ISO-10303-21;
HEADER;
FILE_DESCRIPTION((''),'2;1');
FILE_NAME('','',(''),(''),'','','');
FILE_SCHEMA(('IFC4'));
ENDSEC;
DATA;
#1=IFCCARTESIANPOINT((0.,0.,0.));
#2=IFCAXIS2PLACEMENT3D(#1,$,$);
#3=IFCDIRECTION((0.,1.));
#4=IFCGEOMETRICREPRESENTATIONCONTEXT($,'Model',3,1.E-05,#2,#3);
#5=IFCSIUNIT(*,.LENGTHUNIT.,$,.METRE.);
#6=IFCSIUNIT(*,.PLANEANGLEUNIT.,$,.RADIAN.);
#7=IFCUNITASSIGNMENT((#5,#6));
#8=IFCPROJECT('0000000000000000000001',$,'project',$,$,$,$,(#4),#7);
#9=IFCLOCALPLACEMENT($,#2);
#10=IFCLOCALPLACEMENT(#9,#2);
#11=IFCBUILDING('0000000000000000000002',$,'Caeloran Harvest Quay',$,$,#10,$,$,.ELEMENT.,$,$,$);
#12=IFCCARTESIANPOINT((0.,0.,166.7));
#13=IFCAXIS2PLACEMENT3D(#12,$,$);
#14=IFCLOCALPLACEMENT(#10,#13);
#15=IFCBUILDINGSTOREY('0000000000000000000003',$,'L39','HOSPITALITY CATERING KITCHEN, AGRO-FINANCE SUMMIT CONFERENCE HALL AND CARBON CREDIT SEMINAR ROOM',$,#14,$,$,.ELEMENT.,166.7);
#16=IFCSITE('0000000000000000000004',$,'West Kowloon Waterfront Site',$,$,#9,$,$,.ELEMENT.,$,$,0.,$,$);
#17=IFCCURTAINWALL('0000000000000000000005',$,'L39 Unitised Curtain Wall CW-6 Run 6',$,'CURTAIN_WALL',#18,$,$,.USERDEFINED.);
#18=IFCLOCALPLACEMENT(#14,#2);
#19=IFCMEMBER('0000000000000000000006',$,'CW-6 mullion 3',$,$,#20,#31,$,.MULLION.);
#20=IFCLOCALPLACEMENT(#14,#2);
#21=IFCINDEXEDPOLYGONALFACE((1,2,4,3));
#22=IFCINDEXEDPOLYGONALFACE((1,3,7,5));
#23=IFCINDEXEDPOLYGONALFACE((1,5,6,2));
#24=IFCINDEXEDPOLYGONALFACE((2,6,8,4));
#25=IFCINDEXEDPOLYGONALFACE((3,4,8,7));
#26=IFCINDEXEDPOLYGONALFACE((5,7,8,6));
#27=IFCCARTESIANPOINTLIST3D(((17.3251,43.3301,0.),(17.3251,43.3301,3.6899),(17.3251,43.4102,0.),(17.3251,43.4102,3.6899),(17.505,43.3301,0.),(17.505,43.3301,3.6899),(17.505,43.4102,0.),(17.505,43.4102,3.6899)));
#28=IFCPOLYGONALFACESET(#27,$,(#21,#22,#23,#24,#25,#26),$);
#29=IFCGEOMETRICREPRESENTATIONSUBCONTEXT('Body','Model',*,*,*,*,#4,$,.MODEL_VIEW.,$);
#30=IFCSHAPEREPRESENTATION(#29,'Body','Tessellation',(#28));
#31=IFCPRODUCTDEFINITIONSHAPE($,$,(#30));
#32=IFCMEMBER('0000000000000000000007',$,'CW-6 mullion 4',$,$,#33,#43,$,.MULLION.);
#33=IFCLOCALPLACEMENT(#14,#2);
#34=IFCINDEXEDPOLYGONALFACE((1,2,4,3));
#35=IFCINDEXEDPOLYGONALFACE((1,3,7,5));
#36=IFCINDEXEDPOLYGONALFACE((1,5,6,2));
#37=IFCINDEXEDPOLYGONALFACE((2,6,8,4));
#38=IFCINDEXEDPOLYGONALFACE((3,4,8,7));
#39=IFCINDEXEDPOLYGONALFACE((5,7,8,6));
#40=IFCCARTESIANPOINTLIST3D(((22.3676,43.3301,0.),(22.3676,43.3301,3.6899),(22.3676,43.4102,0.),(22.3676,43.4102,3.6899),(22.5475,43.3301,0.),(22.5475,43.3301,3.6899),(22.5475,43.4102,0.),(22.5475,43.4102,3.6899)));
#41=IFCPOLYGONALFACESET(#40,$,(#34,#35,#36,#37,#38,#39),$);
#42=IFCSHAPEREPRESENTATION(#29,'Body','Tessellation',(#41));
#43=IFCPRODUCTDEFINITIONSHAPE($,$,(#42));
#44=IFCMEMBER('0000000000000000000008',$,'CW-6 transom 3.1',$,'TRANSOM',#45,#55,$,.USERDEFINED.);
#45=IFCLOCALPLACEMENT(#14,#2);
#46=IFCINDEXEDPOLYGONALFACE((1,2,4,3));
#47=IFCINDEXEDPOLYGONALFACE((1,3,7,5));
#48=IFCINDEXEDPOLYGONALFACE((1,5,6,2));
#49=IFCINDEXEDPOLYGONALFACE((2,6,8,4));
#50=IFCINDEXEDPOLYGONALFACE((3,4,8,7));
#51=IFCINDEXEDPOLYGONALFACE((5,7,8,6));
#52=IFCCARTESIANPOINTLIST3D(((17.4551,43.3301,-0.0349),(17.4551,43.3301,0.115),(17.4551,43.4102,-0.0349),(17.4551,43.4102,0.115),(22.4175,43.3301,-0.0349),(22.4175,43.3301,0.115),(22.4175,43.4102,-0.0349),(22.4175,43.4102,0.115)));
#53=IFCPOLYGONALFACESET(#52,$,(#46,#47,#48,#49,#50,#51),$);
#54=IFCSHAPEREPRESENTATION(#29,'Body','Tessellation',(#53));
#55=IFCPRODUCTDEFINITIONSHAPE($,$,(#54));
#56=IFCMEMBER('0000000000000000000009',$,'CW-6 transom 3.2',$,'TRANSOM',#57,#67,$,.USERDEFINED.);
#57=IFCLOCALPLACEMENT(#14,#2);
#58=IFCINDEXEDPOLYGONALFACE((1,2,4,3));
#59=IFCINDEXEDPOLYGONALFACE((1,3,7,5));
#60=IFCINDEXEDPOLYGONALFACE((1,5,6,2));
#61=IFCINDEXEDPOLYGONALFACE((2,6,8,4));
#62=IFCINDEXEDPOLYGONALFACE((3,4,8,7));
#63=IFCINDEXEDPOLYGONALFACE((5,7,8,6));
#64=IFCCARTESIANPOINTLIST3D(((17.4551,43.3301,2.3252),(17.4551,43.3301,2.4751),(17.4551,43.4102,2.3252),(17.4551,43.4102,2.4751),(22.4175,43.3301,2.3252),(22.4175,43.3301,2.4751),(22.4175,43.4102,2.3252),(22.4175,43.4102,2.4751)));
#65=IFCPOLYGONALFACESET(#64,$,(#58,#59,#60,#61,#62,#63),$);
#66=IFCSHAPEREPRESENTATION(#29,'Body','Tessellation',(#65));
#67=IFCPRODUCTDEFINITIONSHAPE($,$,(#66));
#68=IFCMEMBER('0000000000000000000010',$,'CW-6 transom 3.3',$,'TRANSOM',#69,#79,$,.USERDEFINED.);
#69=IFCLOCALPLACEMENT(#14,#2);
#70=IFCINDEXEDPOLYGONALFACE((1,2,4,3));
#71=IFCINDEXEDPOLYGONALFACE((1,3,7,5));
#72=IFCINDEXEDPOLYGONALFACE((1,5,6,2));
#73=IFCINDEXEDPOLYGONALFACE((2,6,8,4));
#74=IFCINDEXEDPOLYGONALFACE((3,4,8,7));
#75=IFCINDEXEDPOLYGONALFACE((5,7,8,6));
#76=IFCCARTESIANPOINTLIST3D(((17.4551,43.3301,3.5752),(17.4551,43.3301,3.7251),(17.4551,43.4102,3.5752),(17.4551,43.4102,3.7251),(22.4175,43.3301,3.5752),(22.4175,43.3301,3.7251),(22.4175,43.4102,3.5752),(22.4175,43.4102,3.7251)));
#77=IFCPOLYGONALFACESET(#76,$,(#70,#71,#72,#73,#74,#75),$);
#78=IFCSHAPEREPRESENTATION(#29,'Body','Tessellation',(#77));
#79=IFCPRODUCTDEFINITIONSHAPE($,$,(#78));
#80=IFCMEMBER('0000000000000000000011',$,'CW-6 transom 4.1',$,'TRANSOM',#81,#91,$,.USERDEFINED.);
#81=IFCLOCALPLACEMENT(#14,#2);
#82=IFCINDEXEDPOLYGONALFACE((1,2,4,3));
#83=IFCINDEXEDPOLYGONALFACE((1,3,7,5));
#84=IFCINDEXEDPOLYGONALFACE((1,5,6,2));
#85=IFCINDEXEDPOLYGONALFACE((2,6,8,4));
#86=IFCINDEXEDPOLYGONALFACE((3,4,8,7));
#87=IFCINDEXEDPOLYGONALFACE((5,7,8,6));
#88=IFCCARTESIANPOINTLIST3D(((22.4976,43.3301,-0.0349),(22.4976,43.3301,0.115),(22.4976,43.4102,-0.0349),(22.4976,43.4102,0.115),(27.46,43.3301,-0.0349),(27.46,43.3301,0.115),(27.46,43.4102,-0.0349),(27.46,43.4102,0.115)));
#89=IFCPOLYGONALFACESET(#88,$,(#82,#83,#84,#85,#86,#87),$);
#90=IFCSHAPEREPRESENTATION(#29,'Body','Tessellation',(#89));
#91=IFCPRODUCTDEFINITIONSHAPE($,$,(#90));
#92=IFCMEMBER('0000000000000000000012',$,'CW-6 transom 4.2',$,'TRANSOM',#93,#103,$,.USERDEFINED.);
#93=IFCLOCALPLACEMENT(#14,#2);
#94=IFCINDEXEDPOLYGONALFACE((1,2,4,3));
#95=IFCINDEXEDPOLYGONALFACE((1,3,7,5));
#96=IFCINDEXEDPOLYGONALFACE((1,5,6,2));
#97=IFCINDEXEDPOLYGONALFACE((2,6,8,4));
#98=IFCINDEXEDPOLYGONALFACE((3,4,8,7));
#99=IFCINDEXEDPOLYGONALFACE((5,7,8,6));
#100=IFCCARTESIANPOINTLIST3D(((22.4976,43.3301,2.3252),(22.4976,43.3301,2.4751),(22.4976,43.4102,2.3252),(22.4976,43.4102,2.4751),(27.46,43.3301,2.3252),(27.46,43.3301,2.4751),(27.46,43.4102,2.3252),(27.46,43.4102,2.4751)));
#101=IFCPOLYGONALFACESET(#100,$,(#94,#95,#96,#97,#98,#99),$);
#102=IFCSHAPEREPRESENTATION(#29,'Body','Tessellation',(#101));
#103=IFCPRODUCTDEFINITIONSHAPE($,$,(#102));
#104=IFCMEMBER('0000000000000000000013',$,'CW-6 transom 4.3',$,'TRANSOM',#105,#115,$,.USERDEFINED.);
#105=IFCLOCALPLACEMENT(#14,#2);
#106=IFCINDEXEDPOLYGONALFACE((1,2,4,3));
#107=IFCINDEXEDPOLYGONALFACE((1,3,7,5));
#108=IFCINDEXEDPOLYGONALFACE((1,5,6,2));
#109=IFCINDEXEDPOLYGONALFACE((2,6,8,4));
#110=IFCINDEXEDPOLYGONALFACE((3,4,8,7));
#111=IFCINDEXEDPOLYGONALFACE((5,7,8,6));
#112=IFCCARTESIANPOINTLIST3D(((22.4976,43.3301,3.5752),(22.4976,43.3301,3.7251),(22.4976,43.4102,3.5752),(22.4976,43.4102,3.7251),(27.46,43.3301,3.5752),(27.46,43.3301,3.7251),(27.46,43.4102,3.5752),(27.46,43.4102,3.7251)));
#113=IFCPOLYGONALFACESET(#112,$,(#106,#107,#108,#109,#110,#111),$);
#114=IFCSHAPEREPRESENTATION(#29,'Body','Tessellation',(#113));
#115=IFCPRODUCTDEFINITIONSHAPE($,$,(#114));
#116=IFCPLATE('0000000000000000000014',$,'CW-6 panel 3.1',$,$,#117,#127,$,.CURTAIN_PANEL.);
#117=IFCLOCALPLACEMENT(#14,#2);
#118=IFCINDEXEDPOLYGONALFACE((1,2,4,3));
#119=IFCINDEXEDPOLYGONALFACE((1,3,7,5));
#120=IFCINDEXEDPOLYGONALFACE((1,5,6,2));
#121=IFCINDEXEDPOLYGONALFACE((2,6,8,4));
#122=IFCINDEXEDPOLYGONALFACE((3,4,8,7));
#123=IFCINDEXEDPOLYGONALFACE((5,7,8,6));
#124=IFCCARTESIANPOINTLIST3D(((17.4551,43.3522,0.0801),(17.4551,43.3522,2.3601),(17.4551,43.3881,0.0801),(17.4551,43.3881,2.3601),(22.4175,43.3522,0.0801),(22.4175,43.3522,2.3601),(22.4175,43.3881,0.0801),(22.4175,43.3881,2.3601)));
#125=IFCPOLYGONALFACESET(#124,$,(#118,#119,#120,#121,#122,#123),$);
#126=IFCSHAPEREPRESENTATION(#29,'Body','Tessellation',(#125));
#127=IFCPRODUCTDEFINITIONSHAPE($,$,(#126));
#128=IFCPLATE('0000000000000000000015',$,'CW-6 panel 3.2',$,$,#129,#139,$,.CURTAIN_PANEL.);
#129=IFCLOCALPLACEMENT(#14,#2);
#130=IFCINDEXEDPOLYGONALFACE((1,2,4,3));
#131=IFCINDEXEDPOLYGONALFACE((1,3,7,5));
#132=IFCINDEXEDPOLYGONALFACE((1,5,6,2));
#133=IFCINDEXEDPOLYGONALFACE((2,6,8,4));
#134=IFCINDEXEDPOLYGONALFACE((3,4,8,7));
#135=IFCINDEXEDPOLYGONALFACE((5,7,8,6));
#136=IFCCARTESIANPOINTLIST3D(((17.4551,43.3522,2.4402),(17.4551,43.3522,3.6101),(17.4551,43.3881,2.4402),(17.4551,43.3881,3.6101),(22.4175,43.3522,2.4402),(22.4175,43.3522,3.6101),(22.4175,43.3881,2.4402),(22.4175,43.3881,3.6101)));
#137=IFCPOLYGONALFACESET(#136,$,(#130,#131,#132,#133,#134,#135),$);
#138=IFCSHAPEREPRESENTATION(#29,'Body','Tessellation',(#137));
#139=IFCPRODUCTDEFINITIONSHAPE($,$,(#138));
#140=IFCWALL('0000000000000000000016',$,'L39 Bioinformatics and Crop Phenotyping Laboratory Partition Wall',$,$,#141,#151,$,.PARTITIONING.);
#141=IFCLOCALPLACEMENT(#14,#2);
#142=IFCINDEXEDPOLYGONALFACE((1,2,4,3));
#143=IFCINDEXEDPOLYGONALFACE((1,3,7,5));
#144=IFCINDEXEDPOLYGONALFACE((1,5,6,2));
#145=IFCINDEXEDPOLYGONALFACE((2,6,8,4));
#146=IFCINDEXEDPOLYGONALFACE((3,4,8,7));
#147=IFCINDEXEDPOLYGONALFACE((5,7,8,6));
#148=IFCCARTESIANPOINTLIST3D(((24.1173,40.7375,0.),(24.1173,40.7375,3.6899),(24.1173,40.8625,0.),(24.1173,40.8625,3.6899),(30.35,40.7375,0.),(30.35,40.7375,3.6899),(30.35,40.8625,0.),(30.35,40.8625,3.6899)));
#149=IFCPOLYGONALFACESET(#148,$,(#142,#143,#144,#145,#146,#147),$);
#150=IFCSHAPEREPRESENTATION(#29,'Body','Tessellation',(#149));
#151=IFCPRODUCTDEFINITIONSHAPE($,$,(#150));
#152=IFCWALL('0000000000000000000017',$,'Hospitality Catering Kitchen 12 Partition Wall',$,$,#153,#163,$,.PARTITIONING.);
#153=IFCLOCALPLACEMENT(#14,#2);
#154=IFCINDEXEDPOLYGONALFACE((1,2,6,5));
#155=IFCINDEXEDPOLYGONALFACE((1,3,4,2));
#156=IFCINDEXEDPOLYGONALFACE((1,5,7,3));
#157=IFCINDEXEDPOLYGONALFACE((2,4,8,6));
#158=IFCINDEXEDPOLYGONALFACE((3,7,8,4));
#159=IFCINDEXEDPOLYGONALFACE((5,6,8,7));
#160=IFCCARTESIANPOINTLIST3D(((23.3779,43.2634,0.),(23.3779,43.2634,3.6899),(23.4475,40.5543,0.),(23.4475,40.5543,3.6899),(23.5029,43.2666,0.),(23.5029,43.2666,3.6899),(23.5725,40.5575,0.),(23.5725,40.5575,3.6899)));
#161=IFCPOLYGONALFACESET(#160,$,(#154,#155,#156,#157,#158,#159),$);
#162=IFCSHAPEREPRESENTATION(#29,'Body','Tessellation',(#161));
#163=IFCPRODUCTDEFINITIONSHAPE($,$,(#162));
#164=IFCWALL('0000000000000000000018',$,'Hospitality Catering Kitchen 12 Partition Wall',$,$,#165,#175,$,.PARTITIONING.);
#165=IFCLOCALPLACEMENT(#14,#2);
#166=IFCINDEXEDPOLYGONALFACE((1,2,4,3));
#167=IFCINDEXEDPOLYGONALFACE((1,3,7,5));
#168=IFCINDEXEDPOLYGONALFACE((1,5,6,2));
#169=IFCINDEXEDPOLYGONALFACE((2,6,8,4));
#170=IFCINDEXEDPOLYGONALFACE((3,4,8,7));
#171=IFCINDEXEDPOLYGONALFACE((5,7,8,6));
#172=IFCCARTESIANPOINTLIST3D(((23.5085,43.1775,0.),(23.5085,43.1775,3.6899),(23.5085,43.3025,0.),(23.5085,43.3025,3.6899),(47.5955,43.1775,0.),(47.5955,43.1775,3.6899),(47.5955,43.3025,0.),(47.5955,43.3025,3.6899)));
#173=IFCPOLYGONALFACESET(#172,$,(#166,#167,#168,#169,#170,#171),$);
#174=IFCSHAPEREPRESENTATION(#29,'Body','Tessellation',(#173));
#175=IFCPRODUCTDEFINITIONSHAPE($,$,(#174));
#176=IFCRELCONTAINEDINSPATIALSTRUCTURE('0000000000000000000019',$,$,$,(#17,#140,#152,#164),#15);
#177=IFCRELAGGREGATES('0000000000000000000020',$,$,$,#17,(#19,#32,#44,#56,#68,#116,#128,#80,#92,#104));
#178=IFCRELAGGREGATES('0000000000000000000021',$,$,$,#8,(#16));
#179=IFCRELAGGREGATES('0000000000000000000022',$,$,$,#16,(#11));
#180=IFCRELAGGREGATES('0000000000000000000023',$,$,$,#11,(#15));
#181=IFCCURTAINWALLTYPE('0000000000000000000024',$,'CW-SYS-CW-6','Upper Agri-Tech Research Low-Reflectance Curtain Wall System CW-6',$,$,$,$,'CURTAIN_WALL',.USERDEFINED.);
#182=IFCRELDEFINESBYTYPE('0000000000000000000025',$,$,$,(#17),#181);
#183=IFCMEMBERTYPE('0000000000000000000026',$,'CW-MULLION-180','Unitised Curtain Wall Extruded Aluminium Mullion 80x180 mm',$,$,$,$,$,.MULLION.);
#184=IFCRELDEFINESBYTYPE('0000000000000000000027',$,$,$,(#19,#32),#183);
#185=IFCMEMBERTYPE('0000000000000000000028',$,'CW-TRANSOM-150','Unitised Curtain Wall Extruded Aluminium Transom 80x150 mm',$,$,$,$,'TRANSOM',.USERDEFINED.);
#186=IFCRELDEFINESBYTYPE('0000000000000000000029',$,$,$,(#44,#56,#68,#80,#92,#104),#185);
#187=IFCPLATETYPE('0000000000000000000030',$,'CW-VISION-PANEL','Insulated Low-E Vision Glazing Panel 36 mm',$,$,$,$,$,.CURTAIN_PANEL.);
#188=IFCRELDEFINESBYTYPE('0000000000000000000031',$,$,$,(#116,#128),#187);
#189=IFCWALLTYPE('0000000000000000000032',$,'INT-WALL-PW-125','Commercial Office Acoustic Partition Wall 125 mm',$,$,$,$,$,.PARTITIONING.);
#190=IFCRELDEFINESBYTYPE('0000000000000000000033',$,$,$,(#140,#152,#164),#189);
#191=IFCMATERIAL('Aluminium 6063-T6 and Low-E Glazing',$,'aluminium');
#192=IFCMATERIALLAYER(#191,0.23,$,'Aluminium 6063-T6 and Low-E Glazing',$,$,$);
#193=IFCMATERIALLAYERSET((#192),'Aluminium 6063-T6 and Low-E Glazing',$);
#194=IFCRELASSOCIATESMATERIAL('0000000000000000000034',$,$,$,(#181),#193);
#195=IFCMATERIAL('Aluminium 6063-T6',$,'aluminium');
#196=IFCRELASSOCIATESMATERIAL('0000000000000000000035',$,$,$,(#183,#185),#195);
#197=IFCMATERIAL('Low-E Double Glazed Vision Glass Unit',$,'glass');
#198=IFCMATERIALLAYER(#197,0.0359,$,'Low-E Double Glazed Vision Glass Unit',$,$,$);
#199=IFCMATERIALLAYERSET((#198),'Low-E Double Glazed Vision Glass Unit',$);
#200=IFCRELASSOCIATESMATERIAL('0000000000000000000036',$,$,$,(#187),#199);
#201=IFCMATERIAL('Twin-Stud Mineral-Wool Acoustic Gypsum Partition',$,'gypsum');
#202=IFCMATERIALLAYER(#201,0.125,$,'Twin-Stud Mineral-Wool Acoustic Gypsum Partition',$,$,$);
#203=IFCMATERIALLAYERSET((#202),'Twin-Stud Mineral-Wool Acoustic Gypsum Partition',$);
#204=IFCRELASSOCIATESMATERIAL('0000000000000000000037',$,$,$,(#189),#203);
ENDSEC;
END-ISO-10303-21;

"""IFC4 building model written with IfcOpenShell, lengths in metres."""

from ifc_helpers import new_model, si_unit, direction, frame, frame_2d, origin, origin_2d, place, context, subcontext, project, spatial, rectangle, extrude, material, layer, layer_set, material_profile, profile_set, type_object, element, aggregate, save


model = new_model("IFC4")

# Units and contexts
model_context = context("Model", 3, precision=1e-05, world=origin(), true_north=direction((0.0, 1.0)))
body_context = subcontext(model_context, "Body", "Model", "MODEL_VIEW")
ifc_project = project(units=[si_unit("LENGTHUNIT", "METRE"), si_unit("PLANEANGLEUNIT", "RADIAN")], contexts=[model_context])

# Site, building, storey
site_placement = place(None, origin())
site = spatial("IfcSite", under=ifc_project, at=site_placement, Name="West Kowloon Waterfront Site", CompositionType="ELEMENT", RefElevation=0.0)
building_placement = place(site_placement, origin())
building = spatial("IfcBuilding", under=site, at=building_placement, Name="Caeloran Harvest Quay", CompositionType="ELEMENT")
storey_placement = place(building_placement, frame((0.0, 0.0, 166.7)))
storey = spatial("IfcBuildingStorey", under=building, at=storey_placement, Name="L39", Description="HOSPITALITY CATERING KITCHEN, AGRO-FINANCE SUMMIT CONFERENCE HALL AND CARBON CREDIT SEMINAR ROOM", CompositionType="ELEMENT", Elevation=166.7)

# Curtain wall, members, plates
ifc_material_1 = material(Name="Aluminium 6063-T6 and Low-E Glazing", Category="aluminium")
ifc_layer_1 = layer(ifc_material_1, 0.23, Name="Aluminium 6063-T6 and Low-E Glazing")
ifc_layer_set_1 = layer_set([ifc_layer_1], Name="Aluminium 6063-T6 and Low-E Glazing")
curtain_wall_type = type_object("IfcCurtainWallType", Name="CW-SYS-CW-6", Description="Upper Agri-Tech Research Low-Reflectance Curtain Wall System CW-6", ElementType="CURTAIN_WALL", PredefinedType="USERDEFINED", material=ifc_layer_set_1)
curtain_wall_placement = place(storey_placement, origin())
curtain_wall = element("IfcCurtainWall", 1, at=curtain_wall_placement, inside=storey, type_object=curtain_wall_type, Name="L39 Unitised Curtain Wall CW-6 Run 6", ObjectType="CURTAIN_WALL", PredefinedType="USERDEFINED")
ifc_material_2 = material(Name="Aluminium 6063-T6", Category="aluminium")
ifc_material_profile_1 = material_profile(ifc_material_2, rectangle(XDim=0.0801, YDim=0.1799, at=origin_2d()), Name="CW-MULLION-180")
ifc_profile_set_1 = profile_set([ifc_material_profile_1], Name="Aluminium 6063-T6")
member_type_1 = type_object("IfcMemberType", Name="CW-MULLION-180", Description="Unitised Curtain Wall Extruded Aluminium Mullion 80x180 mm", PredefinedType="MULLION", material=ifc_profile_set_1)
member_1_placement = place(storey_placement, frame((17.415, 43.3701, 0.0), z_axis=(0.0, 0.0, 1.0), x_axis=(0.0, 1.0, 0.0)))
member_1 = element("IfcMember", 2, at=member_1_placement, type_object=member_type_1, Name="CW-6 mullion 3", PredefinedType="MULLION", context=body_context, shape_type="SweptSolid", body=[
    extrude(rectangle(XDim=0.0801, YDim=0.1799, at=origin_2d()), origin(), (0.0, 0.0, 1.0), 3.6899),
])
member_2_placement = place(storey_placement, frame((22.4575, 43.3701, 0.0), z_axis=(0.0, 0.0, 1.0), x_axis=(0.0, 1.0, 0.0)))
member_2 = element("IfcMember", 3, at=member_2_placement, type_object=member_type_1, Name="CW-6 mullion 4", PredefinedType="MULLION", context=body_context, shape_type="SweptSolid", body=[
    extrude(rectangle(XDim=0.0801, YDim=0.1799, at=origin_2d()), origin(), (0.0, 0.0, 1.0), 3.6899),
])
ifc_material_profile_2 = material_profile(ifc_material_2, rectangle(XDim=0.0801, YDim=0.1499, at=origin_2d()), Name="CW-TRANSOM-150")
ifc_profile_set_2 = profile_set([ifc_material_profile_2], Name="Aluminium 6063-T6")
member_type_2 = type_object("IfcMemberType", Name="CW-TRANSOM-150", Description="Unitised Curtain Wall Extruded Aluminium Transom 80x150 mm", ElementType="TRANSOM", PredefinedType="USERDEFINED", material=ifc_profile_set_2)
member_3_placement = place(storey_placement, frame((17.4551, 43.3701, 0.04), z_axis=(1.0, 0.0, 0.0), x_axis=(0.0, 1.0, 0.0)))
member_3 = element("IfcMember", 4, at=member_3_placement, type_object=member_type_2, Name="CW-6 transom 3.1", ObjectType="TRANSOM", PredefinedType="USERDEFINED", context=body_context, shape_type="SweptSolid", body=[
    extrude(rectangle(XDim=0.0801, YDim=0.1499, at=origin_2d()), origin(), (0.0, 0.0, 1.0), 4.9624),
])
member_4_placement = place(storey_placement, frame((17.4551, 43.3701, 2.4001), z_axis=(1.0, 0.0, 0.0), x_axis=(0.0, 1.0, 0.0)))
member_4 = element("IfcMember", 5, at=member_4_placement, type_object=member_type_2, Name="CW-6 transom 3.2", ObjectType="TRANSOM", PredefinedType="USERDEFINED", context=body_context, shape_type="SweptSolid", body=[
    extrude(rectangle(XDim=0.0801, YDim=0.1499, at=origin_2d()), origin(), (0.0, 0.0, 1.0), 4.9624),
])
member_5_placement = place(storey_placement, frame((17.4551, 43.3701, 3.6501), z_axis=(1.0, 0.0, 0.0), x_axis=(0.0, 1.0, 0.0)))
member_5 = element("IfcMember", 6, at=member_5_placement, type_object=member_type_2, Name="CW-6 transom 3.3", ObjectType="TRANSOM", PredefinedType="USERDEFINED", context=body_context, shape_type="SweptSolid", body=[
    extrude(rectangle(XDim=0.0801, YDim=0.1499, at=origin_2d()), origin(), (0.0, 0.0, 1.0), 4.9624),
])
member_6_placement = place(storey_placement, frame((22.4976, 43.3701, 0.04), z_axis=(1.0, 0.0, 0.0), x_axis=(0.0, 1.0, 0.0)))
member_6 = element("IfcMember", 7, at=member_6_placement, type_object=member_type_2, Name="CW-6 transom 4.1", ObjectType="TRANSOM", PredefinedType="USERDEFINED", context=body_context, shape_type="SweptSolid", body=[
    extrude(rectangle(XDim=0.0801, YDim=0.1499, at=origin_2d()), origin(), (0.0, 0.0, 1.0), 4.9624),
])
member_7_placement = place(storey_placement, frame((22.4976, 43.3701, 2.4001), z_axis=(1.0, 0.0, 0.0), x_axis=(0.0, 1.0, 0.0)))
member_7 = element("IfcMember", 8, at=member_7_placement, type_object=member_type_2, Name="CW-6 transom 4.2", ObjectType="TRANSOM", PredefinedType="USERDEFINED", context=body_context, shape_type="SweptSolid", body=[
    extrude(rectangle(XDim=0.0801, YDim=0.1499, at=origin_2d()), origin(), (0.0, 0.0, 1.0), 4.9624),
])
member_8_placement = place(storey_placement, frame((22.4976, 43.3701, 3.6501), z_axis=(1.0, 0.0, 0.0), x_axis=(0.0, 1.0, 0.0)))
member_8 = element("IfcMember", 9, at=member_8_placement, type_object=member_type_2, Name="CW-6 transom 4.3", ObjectType="TRANSOM", PredefinedType="USERDEFINED", context=body_context, shape_type="SweptSolid", body=[
    extrude(rectangle(XDim=0.0801, YDim=0.1499, at=origin_2d()), origin(), (0.0, 0.0, 1.0), 4.9624),
])
ifc_material_3 = material(Name="Low-E Double Glazed Vision Glass Unit", Category="glass")
ifc_layer_2 = layer(ifc_material_3, 0.0359, Name="Low-E Double Glazed Vision Glass Unit")
ifc_layer_set_2 = layer_set([ifc_layer_2], Name="Low-E Double Glazed Vision Glass Unit")
plate_type = type_object("IfcPlateType", Name="CW-VISION-PANEL", Description="Insulated Low-E Vision Glazing Panel 36 mm", PredefinedType="CURTAIN_PANEL", material=ifc_layer_set_2)
plate_1_placement = place(storey_placement, frame((19.9363, 43.3701, 0.0801), z_axis=(0.0, 0.0, 1.0), x_axis=(1.0, 0.0, 0.0)))
plate_1 = element("IfcPlate", 10, at=plate_1_placement, type_object=plate_type, Name="CW-6 panel 3.1", PredefinedType="CURTAIN_PANEL", context=body_context, shape_type="SweptSolid", body=[
    extrude(rectangle(XDim=4.9624, YDim=0.0359, at=origin_2d()), origin(), (0.0, 0.0, 1.0), 2.28),
])
plate_2_placement = place(storey_placement, frame((19.9363, 43.3701, 2.4402), z_axis=(0.0, 0.0, 1.0), x_axis=(1.0, 0.0, 0.0)))
plate_2 = element("IfcPlate", 11, at=plate_2_placement, type_object=plate_type, Name="CW-6 panel 3.2", PredefinedType="CURTAIN_PANEL", context=body_context, shape_type="SweptSolid", body=[
    extrude(rectangle(XDim=4.9624, YDim=0.0359, at=origin_2d()), origin(), (0.0, 0.0, 1.0), 1.1699),
])
aggregate(curtain_wall, [member_1, member_2, member_3, member_4, member_5, plate_1, plate_2, member_6, member_7, member_8])

# Walls
ifc_material_4 = material(Name="Twin-Stud Mineral-Wool Acoustic Gypsum Partition", Category="gypsum")
ifc_layer_3 = layer(ifc_material_4, 0.125, Name="Twin-Stud Mineral-Wool Acoustic Gypsum Partition")
ifc_layer_set_3 = layer_set([ifc_layer_3], Name="Twin-Stud Mineral-Wool Acoustic Gypsum Partition")
wall_type = type_object("IfcWallType", Name="INT-WALL-PW-125", Description="Commercial Office Acoustic Partition Wall 125 mm", PredefinedType="PARTITIONING", material=ifc_layer_set_3)
wall_1_placement = place(storey_placement, frame((24.1174, 40.8, 0.0), z_axis=(0.0, 0.0, 1.0), x_axis=(1.0, 0.0, 0.0)))
element("IfcWall", 12, at=wall_1_placement, inside=storey, type_object=wall_type, Name="L39 Bioinformatics and Crop Phenotyping Laboratory Partition Wall", PredefinedType="PARTITIONING", context=body_context, shape_type="SweptSolid", body=[
    extrude(rectangle(XDim=6.2327, YDim=0.125, at=frame_2d((3.1162, 0.0))), origin(), (0.0, 0.0, 1.0), 3.6899),
])
wall_2_placement = place(storey_placement, frame((23.51, 40.5559, 0.0), z_axis=(0.0, 0.0, 1.0), x_axis=(-0.025676, 0.99967, 0.0)))
element("IfcWall", 13, at=wall_2_placement, inside=storey, type_object=wall_type, Name="Hospitality Catering Kitchen 12 Partition Wall", PredefinedType="PARTITIONING", context=body_context, shape_type="SweptSolid", body=[
    extrude(rectangle(XDim=2.71, YDim=0.125, at=frame_2d((1.355, 0.0))), origin(), (0.0, 0.0, 1.0), 3.6899),
])
wall_3_placement = place(storey_placement, frame((23.5085, 43.24, 0.0), z_axis=(0.0, 0.0, 1.0), x_axis=(1.0, 0.0, 0.0)))
element("IfcWall", 14, at=wall_3_placement, inside=storey, type_object=wall_type, Name="Hospitality Catering Kitchen 12 Partition Wall", PredefinedType="PARTITIONING", context=body_context, shape_type="SweptSolid", body=[
    extrude(rectangle(XDim=24.0869, YDim=0.125, at=frame_2d((12.0435, 0.0))), origin(), (0.0, 0.0, 1.0), 3.6899),
])

save(model, "model.ifc")
